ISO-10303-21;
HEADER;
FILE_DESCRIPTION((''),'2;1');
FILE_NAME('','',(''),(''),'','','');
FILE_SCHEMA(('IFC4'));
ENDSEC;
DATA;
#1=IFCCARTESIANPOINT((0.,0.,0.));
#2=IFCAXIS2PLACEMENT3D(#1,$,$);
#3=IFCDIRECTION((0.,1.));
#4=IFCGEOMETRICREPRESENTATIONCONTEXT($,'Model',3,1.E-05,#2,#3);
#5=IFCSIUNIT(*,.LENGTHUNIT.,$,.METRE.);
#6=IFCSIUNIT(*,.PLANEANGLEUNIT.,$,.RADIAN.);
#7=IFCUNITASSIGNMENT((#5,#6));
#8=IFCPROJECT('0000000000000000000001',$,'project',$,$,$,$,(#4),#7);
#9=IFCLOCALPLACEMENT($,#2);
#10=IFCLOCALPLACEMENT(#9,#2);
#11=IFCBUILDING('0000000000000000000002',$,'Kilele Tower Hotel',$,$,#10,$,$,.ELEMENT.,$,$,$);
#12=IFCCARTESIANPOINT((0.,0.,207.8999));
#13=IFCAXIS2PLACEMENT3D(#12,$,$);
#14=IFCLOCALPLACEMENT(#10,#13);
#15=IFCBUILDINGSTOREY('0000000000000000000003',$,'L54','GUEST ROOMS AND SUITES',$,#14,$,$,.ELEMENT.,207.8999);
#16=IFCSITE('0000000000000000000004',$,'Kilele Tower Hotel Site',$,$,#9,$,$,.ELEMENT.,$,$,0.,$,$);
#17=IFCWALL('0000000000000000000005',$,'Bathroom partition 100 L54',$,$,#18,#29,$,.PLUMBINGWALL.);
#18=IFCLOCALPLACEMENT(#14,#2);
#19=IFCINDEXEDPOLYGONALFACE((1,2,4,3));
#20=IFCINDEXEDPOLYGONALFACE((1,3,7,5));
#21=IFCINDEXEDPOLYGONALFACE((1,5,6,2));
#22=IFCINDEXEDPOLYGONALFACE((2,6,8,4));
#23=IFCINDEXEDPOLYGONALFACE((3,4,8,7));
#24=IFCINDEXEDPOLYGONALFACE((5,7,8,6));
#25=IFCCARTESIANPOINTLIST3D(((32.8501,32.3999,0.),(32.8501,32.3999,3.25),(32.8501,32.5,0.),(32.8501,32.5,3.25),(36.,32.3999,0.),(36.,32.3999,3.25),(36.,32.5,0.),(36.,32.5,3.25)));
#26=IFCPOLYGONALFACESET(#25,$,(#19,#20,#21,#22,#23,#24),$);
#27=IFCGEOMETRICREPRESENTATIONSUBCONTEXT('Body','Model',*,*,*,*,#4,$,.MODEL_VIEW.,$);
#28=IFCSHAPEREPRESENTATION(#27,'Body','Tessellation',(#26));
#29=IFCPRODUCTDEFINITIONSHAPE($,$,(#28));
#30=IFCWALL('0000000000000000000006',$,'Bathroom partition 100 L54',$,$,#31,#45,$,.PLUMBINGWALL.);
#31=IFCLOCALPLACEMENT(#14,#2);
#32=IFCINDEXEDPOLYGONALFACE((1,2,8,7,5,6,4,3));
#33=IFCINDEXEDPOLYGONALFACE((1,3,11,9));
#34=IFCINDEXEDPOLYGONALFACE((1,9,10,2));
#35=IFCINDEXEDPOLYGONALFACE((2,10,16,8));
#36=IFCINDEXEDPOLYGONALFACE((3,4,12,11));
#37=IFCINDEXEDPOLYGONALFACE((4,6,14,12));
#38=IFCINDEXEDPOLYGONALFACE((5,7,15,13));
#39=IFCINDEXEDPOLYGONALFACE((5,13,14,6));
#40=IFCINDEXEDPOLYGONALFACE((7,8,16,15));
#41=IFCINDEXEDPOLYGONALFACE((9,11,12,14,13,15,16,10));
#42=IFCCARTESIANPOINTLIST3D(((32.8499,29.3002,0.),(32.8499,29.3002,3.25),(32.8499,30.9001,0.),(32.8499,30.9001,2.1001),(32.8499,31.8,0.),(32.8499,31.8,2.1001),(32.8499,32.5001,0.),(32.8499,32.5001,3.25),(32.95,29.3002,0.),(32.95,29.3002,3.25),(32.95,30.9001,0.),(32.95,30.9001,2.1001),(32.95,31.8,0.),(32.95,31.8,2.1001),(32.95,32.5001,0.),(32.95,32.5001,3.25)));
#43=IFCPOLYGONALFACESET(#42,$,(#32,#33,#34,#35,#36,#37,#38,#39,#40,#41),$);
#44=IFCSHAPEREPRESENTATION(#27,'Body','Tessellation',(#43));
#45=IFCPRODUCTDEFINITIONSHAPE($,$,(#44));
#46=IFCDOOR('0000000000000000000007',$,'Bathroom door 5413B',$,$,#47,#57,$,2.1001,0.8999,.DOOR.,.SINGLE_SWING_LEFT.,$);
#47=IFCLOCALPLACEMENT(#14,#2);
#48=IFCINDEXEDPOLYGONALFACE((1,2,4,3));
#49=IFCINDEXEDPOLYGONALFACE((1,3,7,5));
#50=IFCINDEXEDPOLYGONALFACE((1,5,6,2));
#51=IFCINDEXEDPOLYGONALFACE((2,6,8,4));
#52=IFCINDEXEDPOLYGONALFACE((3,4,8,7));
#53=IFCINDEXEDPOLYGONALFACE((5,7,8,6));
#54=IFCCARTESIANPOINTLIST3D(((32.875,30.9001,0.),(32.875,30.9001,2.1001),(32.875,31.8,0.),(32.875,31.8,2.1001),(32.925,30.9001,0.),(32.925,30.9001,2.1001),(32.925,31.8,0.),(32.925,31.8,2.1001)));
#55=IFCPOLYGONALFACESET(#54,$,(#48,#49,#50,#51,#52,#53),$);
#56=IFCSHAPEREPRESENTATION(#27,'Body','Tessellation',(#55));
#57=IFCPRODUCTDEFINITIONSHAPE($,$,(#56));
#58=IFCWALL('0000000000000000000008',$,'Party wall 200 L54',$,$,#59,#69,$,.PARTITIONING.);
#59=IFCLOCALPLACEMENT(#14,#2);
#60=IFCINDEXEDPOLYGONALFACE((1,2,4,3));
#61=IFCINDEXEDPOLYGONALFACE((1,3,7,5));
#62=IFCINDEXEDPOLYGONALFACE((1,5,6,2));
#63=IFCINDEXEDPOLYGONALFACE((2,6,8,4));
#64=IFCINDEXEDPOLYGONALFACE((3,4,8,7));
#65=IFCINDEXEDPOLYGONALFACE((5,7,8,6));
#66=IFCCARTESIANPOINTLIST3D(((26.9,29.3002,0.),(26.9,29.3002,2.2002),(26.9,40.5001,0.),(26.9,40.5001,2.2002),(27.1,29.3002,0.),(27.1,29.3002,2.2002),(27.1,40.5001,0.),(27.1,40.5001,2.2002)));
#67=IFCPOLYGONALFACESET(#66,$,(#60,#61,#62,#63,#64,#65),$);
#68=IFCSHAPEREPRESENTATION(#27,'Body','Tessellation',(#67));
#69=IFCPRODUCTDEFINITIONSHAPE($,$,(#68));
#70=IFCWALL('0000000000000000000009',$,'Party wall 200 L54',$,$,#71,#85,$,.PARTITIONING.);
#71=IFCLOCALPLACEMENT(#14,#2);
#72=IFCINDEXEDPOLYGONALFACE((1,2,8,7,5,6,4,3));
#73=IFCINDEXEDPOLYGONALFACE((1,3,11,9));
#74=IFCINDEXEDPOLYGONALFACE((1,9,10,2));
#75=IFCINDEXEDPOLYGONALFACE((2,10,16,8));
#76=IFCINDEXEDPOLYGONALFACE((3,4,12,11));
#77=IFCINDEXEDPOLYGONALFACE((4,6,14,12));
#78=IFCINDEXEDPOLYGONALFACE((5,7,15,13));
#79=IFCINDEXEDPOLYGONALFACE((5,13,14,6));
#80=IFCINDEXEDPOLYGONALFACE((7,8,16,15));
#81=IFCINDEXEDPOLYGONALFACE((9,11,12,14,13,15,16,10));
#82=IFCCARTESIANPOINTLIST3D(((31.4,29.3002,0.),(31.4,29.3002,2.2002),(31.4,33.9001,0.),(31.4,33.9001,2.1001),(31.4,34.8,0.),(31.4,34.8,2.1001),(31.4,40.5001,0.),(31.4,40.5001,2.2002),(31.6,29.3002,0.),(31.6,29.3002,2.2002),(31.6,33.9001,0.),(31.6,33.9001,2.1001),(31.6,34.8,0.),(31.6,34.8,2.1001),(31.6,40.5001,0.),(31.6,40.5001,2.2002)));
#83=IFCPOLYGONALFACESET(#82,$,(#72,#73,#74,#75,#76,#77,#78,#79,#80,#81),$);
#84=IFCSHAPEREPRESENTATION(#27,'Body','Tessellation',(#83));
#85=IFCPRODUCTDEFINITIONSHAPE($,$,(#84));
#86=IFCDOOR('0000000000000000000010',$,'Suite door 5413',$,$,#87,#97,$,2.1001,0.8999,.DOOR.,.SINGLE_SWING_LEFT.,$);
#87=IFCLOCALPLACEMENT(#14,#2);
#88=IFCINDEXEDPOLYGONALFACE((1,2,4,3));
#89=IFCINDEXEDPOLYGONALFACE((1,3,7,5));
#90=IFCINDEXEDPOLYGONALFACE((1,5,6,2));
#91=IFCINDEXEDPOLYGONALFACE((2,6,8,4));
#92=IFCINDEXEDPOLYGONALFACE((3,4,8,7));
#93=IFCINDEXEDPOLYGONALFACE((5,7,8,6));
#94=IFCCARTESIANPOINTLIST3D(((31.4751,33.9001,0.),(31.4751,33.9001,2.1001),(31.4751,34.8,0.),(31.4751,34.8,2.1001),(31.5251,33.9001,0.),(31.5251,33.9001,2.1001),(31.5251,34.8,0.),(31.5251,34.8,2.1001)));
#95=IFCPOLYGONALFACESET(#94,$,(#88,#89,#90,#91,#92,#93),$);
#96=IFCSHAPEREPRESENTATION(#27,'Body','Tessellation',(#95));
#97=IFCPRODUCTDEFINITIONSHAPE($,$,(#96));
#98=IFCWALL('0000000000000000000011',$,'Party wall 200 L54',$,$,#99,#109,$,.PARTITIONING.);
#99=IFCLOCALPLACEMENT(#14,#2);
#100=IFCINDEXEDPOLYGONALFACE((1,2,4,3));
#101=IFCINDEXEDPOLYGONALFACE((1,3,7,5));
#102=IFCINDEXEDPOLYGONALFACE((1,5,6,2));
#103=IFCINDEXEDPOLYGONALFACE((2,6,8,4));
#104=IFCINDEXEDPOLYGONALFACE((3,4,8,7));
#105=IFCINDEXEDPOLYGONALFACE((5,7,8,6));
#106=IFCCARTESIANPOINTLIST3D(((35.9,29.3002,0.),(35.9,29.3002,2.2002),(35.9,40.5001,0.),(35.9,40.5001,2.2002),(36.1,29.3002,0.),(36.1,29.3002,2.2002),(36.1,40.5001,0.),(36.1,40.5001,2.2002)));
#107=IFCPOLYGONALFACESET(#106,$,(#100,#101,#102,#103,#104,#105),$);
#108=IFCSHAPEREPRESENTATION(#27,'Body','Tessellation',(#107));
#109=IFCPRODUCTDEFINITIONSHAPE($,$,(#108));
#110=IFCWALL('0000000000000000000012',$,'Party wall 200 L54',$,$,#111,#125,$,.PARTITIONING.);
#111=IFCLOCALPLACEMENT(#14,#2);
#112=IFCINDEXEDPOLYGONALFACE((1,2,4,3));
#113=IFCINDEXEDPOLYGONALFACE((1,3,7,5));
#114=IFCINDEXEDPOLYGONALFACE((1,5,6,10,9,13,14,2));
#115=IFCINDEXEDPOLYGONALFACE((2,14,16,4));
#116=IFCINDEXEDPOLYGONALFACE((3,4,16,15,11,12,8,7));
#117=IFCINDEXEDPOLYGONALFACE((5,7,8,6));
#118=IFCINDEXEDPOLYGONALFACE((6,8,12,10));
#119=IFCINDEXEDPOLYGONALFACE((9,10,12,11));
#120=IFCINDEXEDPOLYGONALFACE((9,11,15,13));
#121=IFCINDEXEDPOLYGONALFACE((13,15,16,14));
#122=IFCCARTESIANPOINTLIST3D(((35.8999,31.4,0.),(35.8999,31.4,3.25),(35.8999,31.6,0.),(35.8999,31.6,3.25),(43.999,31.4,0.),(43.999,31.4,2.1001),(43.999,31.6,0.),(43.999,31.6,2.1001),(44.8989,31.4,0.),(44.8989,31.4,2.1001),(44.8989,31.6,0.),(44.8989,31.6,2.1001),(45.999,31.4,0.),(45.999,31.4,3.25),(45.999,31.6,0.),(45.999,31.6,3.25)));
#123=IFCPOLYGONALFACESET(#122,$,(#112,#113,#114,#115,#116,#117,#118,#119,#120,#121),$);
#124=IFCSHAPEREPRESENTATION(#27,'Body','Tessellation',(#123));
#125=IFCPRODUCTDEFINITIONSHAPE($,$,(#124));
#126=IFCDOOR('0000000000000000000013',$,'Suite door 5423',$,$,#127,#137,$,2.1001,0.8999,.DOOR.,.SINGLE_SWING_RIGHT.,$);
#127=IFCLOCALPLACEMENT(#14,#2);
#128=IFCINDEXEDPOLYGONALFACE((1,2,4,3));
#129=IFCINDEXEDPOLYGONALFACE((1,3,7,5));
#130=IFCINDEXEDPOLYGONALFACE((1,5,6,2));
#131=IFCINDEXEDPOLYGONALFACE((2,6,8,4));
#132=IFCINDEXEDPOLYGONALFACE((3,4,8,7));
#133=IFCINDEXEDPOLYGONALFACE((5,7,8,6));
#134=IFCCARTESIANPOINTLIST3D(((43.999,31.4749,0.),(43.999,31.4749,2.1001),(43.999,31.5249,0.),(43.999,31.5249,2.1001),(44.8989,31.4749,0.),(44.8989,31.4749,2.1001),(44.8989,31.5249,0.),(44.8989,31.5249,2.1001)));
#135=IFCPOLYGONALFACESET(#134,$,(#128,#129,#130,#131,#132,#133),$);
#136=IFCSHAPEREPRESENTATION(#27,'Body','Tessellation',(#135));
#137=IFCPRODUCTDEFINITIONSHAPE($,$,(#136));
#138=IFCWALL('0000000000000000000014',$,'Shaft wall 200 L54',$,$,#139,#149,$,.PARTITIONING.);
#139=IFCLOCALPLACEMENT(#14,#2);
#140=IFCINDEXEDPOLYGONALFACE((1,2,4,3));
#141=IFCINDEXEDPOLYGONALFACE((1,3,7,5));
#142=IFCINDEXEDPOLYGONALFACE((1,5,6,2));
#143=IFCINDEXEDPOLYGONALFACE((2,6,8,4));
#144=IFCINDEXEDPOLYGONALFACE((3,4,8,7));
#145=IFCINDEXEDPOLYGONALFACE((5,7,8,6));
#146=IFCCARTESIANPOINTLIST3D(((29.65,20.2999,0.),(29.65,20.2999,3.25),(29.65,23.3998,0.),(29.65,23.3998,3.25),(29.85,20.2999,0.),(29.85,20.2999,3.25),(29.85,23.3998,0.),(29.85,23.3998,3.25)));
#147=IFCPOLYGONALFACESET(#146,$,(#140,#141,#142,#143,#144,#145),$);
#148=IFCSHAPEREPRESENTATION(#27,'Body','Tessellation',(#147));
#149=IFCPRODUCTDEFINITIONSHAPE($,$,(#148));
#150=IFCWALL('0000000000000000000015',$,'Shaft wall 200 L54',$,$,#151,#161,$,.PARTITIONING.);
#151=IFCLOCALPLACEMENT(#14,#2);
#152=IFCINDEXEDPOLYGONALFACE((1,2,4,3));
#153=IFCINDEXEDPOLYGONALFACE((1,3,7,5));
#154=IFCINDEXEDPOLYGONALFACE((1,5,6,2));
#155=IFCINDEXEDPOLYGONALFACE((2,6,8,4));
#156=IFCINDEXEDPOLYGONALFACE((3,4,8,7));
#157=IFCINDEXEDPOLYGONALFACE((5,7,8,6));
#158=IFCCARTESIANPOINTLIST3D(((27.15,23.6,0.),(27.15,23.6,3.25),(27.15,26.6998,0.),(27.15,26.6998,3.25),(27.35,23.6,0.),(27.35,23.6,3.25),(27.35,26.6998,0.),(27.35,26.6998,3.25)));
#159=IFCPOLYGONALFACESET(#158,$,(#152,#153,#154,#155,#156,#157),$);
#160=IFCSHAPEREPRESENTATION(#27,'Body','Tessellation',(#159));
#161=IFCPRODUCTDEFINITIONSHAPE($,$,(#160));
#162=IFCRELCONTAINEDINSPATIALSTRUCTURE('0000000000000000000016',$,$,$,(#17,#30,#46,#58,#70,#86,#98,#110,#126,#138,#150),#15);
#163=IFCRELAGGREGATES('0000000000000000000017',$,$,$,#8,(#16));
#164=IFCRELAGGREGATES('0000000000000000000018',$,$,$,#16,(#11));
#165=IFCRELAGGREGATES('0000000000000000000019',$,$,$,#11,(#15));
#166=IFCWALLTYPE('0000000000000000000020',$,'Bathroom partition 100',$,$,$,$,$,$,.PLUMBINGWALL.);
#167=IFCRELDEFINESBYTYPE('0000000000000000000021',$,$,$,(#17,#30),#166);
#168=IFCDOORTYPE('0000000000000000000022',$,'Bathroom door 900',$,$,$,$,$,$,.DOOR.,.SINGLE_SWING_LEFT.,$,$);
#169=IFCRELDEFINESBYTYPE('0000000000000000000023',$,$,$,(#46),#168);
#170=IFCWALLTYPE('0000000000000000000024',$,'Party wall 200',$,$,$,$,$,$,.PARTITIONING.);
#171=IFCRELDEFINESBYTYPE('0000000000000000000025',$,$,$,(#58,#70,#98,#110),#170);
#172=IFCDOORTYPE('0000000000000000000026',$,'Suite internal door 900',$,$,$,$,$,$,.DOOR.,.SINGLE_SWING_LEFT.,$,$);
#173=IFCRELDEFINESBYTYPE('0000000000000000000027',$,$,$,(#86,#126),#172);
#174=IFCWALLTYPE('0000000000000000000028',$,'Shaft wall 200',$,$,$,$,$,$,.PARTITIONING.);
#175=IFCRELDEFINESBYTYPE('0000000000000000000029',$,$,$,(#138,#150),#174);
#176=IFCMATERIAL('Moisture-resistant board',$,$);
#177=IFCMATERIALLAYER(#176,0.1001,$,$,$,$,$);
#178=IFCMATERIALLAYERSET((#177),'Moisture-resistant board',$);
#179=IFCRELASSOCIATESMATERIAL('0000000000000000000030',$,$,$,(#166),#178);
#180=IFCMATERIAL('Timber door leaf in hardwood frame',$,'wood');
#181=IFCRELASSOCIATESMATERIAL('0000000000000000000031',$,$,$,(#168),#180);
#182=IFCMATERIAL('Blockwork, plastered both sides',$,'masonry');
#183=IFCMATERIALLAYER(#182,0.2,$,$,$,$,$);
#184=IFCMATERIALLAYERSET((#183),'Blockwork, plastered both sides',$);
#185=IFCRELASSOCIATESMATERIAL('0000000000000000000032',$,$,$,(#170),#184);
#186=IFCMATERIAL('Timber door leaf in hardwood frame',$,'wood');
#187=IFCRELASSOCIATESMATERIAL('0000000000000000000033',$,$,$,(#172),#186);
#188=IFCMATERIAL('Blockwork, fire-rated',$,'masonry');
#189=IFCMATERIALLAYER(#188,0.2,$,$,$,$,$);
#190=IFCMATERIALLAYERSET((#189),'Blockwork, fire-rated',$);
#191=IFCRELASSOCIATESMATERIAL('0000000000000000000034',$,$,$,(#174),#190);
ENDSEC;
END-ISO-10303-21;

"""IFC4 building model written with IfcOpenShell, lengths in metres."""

from ifc_helpers import new_model, si_unit, direction, frame, frame_2d, origin, place, context, subcontext, project, spatial, rectangle, extrude, material, layer, layer_set, type_object, element, fill, save


model = new_model("IFC4")

# Units and contexts
model_context = context("Model", 3, precision=1e-05, world=origin(), true_north=direction((0.0, 1.0)))
body_context = subcontext(model_context, "Body", "Model", "MODEL_VIEW")
ifc_project = project(units=[si_unit("LENGTHUNIT", "METRE"), si_unit("PLANEANGLEUNIT", "RADIAN")], contexts=[model_context])

# Site, building, storey
site_placement = place(None, origin())
site = spatial("IfcSite", under=ifc_project, at=site_placement, Name="Kilele Tower Hotel Site", CompositionType="ELEMENT", RefElevation=0.0)
building_placement = place(site_placement, origin())
building = spatial("IfcBuilding", under=site, at=building_placement, Name="Kilele Tower Hotel", CompositionType="ELEMENT")
storey_placement = place(building_placement, frame((0.0, 0.0, 207.8999)))
storey = spatial("IfcBuildingStorey", under=building, at=storey_placement, Name="L54", Description="GUEST ROOMS AND SUITES", CompositionType="ELEMENT", Elevation=207.8999)

# Shared definitions
ifc_material_1 = material(Name="Moisture-resistant board")
ifc_layer_1 = layer(ifc_material_1, 0.1001)
ifc_layer_set_1 = layer_set([ifc_layer_1], Name="Moisture-resistant board")
wall_type_1 = type_object("IfcWallType", Name="Bathroom partition 100", PredefinedType="PLUMBINGWALL", material=ifc_layer_set_1)
ifc_material_2 = material(Name="Timber door leaf in hardwood frame", Category="wood")
door_type_1 = type_object("IfcDoorType", Name="Bathroom door 900", OperationType="SINGLE_SWING_LEFT", PredefinedType="DOOR", material=ifc_material_2)

# Wall
wall_1_placement = place(storey_placement, frame((32.8501, 32.45, 0.0), z_axis=(0.0, 0.0, 1.0), x_axis=(1.0, 0.0, 0.0)))
element("IfcWall", 1, at=wall_1_placement, inside=storey, type_object=wall_type_1, Name="Bathroom partition 100 L54", PredefinedType="PLUMBINGWALL", context=body_context, shape_type="SweptSolid", body=[
    extrude(rectangle(XDim=3.1499, YDim=0.1001, at=frame_2d((1.575, 0.0))), origin(), (0.0, 0.0, 1.0), 3.25),
])

# Wall, opening, door
wall_2_placement = place(storey_placement, frame((32.8999, 29.3, 0.0), z_axis=(0.0, 0.0, 1.0), x_axis=(0.0, 1.0, 0.0)))
wall_2 = element("IfcWall", 2, at=wall_2_placement, inside=storey, type_object=wall_type_1, Name="Bathroom partition 100 L54", PredefinedType="PLUMBINGWALL", context=body_context, shape_type="SweptSolid", body=[
    extrude(rectangle(XDim=3.2, YDim=0.1001, at=frame_2d((1.6001, 0.0))), origin(), (0.0, 0.0, 1.0), 3.25),
])
opening_1_placement = place(wall_2_placement, frame((1.6001, 0.0, 0.0)))
opening_1 = element("IfcOpeningElement", 3, at=opening_1_placement, cuts=wall_2, PredefinedType="OPENING", context=body_context, shape_type="SweptSolid", body=[
    extrude(rectangle(XDim=0.8999, YDim=2.1001, at=frame_2d((0.45, 1.05))), frame((0.0, 0.0601, 0.0), z_axis=(0.0, -1.0, 0.0), x_axis=(1.0, 0.0, 0.0)), (0.0, 0.0, 1.0), 0.1201),
])
door_1_placement = place(opening_1_placement, origin())
door_1 = element("IfcDoor", 4, at=door_1_placement, inside=storey, type_object=door_type_1, Name="Bathroom door 5413B", OperationType="SINGLE_SWING_LEFT", OverallHeight=2.1001, OverallWidth=0.8999, PredefinedType="DOOR", context=body_context, shape_type="SweptSolid", body=[
    extrude(rectangle(XDim=0.8999, YDim=2.1001, at=frame_2d((0.45, 1.05))), frame((0.0, 0.0249, 0.0), z_axis=(0.0, -1.0, 0.0), x_axis=(1.0, 0.0, 0.0)), (0.0, 0.0, 1.0), 0.05),
])
fill(opening_1, door_1)

# Wall
ifc_material_3 = material(Name="Blockwork, plastered both sides", Category="masonry")
ifc_layer_2 = layer(ifc_material_3, 0.2)
ifc_layer_set_2 = layer_set([ifc_layer_2], Name="Blockwork, plastered both sides")
wall_type_2 = type_object("IfcWallType", Name="Party wall 200", PredefinedType="PARTITIONING", material=ifc_layer_set_2)
wall_3_placement = place(storey_placement, frame((27.0, 29.3, 0.0), z_axis=(0.0, 0.0, 1.0), x_axis=(0.0, 1.0, 0.0)))
element("IfcWall", 5, at=wall_3_placement, inside=storey, type_object=wall_type_2, Name="Party wall 200 L54", PredefinedType="PARTITIONING", context=body_context, shape_type="SweptSolid", body=[
    extrude(rectangle(XDim=11.2, YDim=0.2, at=frame_2d((5.6001, 0.0))), origin(), (0.0, 0.0, 1.0), 2.2002),
])

# Wall, opening, door
wall_4_placement = place(storey_placement, frame((31.5, 29.3, 0.0), z_axis=(0.0, 0.0, 1.0), x_axis=(0.0, 1.0, 0.0)))
wall_4 = element("IfcWall", 6, at=wall_4_placement, inside=storey, type_object=wall_type_2, Name="Party wall 200 L54", PredefinedType="PARTITIONING", context=body_context, shape_type="SweptSolid", body=[
    extrude(rectangle(XDim=11.2, YDim=0.2, at=frame_2d((5.6001, 0.0))), origin(), (0.0, 0.0, 1.0), 2.2002),
])
opening_2_placement = place(wall_4_placement, frame((4.6001, 0.0, 0.0)))
opening_2 = element("IfcOpeningElement", 7, at=opening_2_placement, cuts=wall_4, PredefinedType="OPENING", context=body_context, shape_type="SweptSolid", body=[
    extrude(rectangle(XDim=0.8999, YDim=2.1001, at=frame_2d((0.45, 1.05))), frame((0.0, 0.1099, 0.0), z_axis=(0.0, -1.0, 0.0), x_axis=(1.0, 0.0, 0.0)), (0.0, 0.0, 1.0), 0.22),
])
ifc_material_4 = material(Name="Timber door leaf in hardwood frame", Category="wood")
door_type_2 = type_object("IfcDoorType", Name="Suite internal door 900", OperationType="SINGLE_SWING_LEFT", PredefinedType="DOOR", material=ifc_material_4)
door_2_placement = place(opening_2_placement, origin())
door_2 = element("IfcDoor", 8, at=door_2_placement, inside=storey, type_object=door_type_2, Name="Suite door 5413", OperationType="SINGLE_SWING_LEFT", OverallHeight=2.1001, OverallWidth=0.8999, PredefinedType="DOOR", context=body_context, shape_type="SweptSolid", body=[
    extrude(rectangle(XDim=0.8999, YDim=2.1001, at=frame_2d((0.45, 1.05))), frame((0.0, 0.0249, 0.0), z_axis=(0.0, -1.0, 0.0), x_axis=(1.0, 0.0, 0.0)), (0.0, 0.0, 1.0), 0.05),
])
fill(opening_2, door_2)

# Wall
wall_5_placement = place(storey_placement, frame((36.0, 29.3, 0.0), z_axis=(0.0, 0.0, 1.0), x_axis=(0.0, 1.0, 0.0)))
element("IfcWall", 9, at=wall_5_placement, inside=storey, type_object=wall_type_2, Name="Party wall 200 L54", PredefinedType="PARTITIONING", context=body_context, shape_type="SweptSolid", body=[
    extrude(rectangle(XDim=11.2, YDim=0.2, at=frame_2d((5.6001, 0.0))), origin(), (0.0, 0.0, 1.0), 2.2002),
])

# Wall, opening, door
wall_6_placement = place(storey_placement, frame((35.8999, 31.5, 0.0), z_axis=(0.0, 0.0, 1.0), x_axis=(1.0, 0.0, 0.0)))
wall_6 = element("IfcWall", 10, at=wall_6_placement, inside=storey, type_object=wall_type_2, Name="Party wall 200 L54", PredefinedType="PARTITIONING", context=body_context, shape_type="SweptSolid", body=[
    extrude(rectangle(XDim=10.0991, YDim=0.2, at=frame_2d((5.0496, 0.0))), origin(), (0.0, 0.0, 1.0), 3.25),
])
opening_3_placement = place(wall_6_placement, frame((8.0991, 0.0, 0.0)))
opening_3 = element("IfcOpeningElement", 11, at=opening_3_placement, cuts=wall_6, PredefinedType="OPENING", context=body_context, shape_type="SweptSolid", body=[
    extrude(rectangle(XDim=0.8999, YDim=2.1001, at=frame_2d((0.45, 1.05))), frame((0.0, 0.1099, 0.0), z_axis=(0.0, -1.0, 0.0), x_axis=(1.0, 0.0, 0.0)), (0.0, 0.0, 1.0), 0.22),
])
door_3_placement = place(opening_3_placement, origin())
door_3 = element("IfcDoor", 12, at=door_3_placement, inside=storey, type_object=door_type_2, Name="Suite door 5423", OperationType="SINGLE_SWING_RIGHT", OverallHeight=2.1001, OverallWidth=0.8999, PredefinedType="DOOR", context=body_context, shape_type="SweptSolid", body=[
    extrude(rectangle(XDim=0.8999, YDim=2.1001, at=frame_2d((0.45, 1.05))), frame((0.0, 0.0249, 0.0), z_axis=(0.0, -1.0, 0.0), x_axis=(1.0, 0.0, 0.0)), (0.0, 0.0, 1.0), 0.05),
])
fill(opening_3, door_3)

# Walls
ifc_material_5 = material(Name="Blockwork, fire-rated", Category="masonry")
ifc_layer_3 = layer(ifc_material_5, 0.2)
ifc_layer_set_3 = layer_set([ifc_layer_3], Name="Blockwork, fire-rated")
wall_type_3 = type_object("IfcWallType", Name="Shaft wall 200", PredefinedType="PARTITIONING", material=ifc_layer_set_3)
for number, where, z_axis, x_axis, name in (
    (13, (29.75, 20.3, 0.0), (0.0, 0.0, 1.0), (0.0, 1.0, 0.0), "Shaft wall 200 L54"),
    (14, (27.25, 23.6001, 0.0), (0.0, 0.0, 1.0), (0.0, 1.0, 0.0), "Shaft wall 200 L54"),
):
    element("IfcWall", number, at=place(storey_placement, frame(where, z_axis=z_axis, x_axis=x_axis)), inside=storey, type_object=wall_type_3, Name=name, PredefinedType="PARTITIONING", context=body_context, shape_type="SweptSolid", body=[
        extrude(rectangle(XDim=3.0999, YDim=0.2, at=frame_2d((1.5498, 0.0))), origin(), (0.0, 0.0, 1.0), 3.25),
    ])

save(model, "model.ifc")
